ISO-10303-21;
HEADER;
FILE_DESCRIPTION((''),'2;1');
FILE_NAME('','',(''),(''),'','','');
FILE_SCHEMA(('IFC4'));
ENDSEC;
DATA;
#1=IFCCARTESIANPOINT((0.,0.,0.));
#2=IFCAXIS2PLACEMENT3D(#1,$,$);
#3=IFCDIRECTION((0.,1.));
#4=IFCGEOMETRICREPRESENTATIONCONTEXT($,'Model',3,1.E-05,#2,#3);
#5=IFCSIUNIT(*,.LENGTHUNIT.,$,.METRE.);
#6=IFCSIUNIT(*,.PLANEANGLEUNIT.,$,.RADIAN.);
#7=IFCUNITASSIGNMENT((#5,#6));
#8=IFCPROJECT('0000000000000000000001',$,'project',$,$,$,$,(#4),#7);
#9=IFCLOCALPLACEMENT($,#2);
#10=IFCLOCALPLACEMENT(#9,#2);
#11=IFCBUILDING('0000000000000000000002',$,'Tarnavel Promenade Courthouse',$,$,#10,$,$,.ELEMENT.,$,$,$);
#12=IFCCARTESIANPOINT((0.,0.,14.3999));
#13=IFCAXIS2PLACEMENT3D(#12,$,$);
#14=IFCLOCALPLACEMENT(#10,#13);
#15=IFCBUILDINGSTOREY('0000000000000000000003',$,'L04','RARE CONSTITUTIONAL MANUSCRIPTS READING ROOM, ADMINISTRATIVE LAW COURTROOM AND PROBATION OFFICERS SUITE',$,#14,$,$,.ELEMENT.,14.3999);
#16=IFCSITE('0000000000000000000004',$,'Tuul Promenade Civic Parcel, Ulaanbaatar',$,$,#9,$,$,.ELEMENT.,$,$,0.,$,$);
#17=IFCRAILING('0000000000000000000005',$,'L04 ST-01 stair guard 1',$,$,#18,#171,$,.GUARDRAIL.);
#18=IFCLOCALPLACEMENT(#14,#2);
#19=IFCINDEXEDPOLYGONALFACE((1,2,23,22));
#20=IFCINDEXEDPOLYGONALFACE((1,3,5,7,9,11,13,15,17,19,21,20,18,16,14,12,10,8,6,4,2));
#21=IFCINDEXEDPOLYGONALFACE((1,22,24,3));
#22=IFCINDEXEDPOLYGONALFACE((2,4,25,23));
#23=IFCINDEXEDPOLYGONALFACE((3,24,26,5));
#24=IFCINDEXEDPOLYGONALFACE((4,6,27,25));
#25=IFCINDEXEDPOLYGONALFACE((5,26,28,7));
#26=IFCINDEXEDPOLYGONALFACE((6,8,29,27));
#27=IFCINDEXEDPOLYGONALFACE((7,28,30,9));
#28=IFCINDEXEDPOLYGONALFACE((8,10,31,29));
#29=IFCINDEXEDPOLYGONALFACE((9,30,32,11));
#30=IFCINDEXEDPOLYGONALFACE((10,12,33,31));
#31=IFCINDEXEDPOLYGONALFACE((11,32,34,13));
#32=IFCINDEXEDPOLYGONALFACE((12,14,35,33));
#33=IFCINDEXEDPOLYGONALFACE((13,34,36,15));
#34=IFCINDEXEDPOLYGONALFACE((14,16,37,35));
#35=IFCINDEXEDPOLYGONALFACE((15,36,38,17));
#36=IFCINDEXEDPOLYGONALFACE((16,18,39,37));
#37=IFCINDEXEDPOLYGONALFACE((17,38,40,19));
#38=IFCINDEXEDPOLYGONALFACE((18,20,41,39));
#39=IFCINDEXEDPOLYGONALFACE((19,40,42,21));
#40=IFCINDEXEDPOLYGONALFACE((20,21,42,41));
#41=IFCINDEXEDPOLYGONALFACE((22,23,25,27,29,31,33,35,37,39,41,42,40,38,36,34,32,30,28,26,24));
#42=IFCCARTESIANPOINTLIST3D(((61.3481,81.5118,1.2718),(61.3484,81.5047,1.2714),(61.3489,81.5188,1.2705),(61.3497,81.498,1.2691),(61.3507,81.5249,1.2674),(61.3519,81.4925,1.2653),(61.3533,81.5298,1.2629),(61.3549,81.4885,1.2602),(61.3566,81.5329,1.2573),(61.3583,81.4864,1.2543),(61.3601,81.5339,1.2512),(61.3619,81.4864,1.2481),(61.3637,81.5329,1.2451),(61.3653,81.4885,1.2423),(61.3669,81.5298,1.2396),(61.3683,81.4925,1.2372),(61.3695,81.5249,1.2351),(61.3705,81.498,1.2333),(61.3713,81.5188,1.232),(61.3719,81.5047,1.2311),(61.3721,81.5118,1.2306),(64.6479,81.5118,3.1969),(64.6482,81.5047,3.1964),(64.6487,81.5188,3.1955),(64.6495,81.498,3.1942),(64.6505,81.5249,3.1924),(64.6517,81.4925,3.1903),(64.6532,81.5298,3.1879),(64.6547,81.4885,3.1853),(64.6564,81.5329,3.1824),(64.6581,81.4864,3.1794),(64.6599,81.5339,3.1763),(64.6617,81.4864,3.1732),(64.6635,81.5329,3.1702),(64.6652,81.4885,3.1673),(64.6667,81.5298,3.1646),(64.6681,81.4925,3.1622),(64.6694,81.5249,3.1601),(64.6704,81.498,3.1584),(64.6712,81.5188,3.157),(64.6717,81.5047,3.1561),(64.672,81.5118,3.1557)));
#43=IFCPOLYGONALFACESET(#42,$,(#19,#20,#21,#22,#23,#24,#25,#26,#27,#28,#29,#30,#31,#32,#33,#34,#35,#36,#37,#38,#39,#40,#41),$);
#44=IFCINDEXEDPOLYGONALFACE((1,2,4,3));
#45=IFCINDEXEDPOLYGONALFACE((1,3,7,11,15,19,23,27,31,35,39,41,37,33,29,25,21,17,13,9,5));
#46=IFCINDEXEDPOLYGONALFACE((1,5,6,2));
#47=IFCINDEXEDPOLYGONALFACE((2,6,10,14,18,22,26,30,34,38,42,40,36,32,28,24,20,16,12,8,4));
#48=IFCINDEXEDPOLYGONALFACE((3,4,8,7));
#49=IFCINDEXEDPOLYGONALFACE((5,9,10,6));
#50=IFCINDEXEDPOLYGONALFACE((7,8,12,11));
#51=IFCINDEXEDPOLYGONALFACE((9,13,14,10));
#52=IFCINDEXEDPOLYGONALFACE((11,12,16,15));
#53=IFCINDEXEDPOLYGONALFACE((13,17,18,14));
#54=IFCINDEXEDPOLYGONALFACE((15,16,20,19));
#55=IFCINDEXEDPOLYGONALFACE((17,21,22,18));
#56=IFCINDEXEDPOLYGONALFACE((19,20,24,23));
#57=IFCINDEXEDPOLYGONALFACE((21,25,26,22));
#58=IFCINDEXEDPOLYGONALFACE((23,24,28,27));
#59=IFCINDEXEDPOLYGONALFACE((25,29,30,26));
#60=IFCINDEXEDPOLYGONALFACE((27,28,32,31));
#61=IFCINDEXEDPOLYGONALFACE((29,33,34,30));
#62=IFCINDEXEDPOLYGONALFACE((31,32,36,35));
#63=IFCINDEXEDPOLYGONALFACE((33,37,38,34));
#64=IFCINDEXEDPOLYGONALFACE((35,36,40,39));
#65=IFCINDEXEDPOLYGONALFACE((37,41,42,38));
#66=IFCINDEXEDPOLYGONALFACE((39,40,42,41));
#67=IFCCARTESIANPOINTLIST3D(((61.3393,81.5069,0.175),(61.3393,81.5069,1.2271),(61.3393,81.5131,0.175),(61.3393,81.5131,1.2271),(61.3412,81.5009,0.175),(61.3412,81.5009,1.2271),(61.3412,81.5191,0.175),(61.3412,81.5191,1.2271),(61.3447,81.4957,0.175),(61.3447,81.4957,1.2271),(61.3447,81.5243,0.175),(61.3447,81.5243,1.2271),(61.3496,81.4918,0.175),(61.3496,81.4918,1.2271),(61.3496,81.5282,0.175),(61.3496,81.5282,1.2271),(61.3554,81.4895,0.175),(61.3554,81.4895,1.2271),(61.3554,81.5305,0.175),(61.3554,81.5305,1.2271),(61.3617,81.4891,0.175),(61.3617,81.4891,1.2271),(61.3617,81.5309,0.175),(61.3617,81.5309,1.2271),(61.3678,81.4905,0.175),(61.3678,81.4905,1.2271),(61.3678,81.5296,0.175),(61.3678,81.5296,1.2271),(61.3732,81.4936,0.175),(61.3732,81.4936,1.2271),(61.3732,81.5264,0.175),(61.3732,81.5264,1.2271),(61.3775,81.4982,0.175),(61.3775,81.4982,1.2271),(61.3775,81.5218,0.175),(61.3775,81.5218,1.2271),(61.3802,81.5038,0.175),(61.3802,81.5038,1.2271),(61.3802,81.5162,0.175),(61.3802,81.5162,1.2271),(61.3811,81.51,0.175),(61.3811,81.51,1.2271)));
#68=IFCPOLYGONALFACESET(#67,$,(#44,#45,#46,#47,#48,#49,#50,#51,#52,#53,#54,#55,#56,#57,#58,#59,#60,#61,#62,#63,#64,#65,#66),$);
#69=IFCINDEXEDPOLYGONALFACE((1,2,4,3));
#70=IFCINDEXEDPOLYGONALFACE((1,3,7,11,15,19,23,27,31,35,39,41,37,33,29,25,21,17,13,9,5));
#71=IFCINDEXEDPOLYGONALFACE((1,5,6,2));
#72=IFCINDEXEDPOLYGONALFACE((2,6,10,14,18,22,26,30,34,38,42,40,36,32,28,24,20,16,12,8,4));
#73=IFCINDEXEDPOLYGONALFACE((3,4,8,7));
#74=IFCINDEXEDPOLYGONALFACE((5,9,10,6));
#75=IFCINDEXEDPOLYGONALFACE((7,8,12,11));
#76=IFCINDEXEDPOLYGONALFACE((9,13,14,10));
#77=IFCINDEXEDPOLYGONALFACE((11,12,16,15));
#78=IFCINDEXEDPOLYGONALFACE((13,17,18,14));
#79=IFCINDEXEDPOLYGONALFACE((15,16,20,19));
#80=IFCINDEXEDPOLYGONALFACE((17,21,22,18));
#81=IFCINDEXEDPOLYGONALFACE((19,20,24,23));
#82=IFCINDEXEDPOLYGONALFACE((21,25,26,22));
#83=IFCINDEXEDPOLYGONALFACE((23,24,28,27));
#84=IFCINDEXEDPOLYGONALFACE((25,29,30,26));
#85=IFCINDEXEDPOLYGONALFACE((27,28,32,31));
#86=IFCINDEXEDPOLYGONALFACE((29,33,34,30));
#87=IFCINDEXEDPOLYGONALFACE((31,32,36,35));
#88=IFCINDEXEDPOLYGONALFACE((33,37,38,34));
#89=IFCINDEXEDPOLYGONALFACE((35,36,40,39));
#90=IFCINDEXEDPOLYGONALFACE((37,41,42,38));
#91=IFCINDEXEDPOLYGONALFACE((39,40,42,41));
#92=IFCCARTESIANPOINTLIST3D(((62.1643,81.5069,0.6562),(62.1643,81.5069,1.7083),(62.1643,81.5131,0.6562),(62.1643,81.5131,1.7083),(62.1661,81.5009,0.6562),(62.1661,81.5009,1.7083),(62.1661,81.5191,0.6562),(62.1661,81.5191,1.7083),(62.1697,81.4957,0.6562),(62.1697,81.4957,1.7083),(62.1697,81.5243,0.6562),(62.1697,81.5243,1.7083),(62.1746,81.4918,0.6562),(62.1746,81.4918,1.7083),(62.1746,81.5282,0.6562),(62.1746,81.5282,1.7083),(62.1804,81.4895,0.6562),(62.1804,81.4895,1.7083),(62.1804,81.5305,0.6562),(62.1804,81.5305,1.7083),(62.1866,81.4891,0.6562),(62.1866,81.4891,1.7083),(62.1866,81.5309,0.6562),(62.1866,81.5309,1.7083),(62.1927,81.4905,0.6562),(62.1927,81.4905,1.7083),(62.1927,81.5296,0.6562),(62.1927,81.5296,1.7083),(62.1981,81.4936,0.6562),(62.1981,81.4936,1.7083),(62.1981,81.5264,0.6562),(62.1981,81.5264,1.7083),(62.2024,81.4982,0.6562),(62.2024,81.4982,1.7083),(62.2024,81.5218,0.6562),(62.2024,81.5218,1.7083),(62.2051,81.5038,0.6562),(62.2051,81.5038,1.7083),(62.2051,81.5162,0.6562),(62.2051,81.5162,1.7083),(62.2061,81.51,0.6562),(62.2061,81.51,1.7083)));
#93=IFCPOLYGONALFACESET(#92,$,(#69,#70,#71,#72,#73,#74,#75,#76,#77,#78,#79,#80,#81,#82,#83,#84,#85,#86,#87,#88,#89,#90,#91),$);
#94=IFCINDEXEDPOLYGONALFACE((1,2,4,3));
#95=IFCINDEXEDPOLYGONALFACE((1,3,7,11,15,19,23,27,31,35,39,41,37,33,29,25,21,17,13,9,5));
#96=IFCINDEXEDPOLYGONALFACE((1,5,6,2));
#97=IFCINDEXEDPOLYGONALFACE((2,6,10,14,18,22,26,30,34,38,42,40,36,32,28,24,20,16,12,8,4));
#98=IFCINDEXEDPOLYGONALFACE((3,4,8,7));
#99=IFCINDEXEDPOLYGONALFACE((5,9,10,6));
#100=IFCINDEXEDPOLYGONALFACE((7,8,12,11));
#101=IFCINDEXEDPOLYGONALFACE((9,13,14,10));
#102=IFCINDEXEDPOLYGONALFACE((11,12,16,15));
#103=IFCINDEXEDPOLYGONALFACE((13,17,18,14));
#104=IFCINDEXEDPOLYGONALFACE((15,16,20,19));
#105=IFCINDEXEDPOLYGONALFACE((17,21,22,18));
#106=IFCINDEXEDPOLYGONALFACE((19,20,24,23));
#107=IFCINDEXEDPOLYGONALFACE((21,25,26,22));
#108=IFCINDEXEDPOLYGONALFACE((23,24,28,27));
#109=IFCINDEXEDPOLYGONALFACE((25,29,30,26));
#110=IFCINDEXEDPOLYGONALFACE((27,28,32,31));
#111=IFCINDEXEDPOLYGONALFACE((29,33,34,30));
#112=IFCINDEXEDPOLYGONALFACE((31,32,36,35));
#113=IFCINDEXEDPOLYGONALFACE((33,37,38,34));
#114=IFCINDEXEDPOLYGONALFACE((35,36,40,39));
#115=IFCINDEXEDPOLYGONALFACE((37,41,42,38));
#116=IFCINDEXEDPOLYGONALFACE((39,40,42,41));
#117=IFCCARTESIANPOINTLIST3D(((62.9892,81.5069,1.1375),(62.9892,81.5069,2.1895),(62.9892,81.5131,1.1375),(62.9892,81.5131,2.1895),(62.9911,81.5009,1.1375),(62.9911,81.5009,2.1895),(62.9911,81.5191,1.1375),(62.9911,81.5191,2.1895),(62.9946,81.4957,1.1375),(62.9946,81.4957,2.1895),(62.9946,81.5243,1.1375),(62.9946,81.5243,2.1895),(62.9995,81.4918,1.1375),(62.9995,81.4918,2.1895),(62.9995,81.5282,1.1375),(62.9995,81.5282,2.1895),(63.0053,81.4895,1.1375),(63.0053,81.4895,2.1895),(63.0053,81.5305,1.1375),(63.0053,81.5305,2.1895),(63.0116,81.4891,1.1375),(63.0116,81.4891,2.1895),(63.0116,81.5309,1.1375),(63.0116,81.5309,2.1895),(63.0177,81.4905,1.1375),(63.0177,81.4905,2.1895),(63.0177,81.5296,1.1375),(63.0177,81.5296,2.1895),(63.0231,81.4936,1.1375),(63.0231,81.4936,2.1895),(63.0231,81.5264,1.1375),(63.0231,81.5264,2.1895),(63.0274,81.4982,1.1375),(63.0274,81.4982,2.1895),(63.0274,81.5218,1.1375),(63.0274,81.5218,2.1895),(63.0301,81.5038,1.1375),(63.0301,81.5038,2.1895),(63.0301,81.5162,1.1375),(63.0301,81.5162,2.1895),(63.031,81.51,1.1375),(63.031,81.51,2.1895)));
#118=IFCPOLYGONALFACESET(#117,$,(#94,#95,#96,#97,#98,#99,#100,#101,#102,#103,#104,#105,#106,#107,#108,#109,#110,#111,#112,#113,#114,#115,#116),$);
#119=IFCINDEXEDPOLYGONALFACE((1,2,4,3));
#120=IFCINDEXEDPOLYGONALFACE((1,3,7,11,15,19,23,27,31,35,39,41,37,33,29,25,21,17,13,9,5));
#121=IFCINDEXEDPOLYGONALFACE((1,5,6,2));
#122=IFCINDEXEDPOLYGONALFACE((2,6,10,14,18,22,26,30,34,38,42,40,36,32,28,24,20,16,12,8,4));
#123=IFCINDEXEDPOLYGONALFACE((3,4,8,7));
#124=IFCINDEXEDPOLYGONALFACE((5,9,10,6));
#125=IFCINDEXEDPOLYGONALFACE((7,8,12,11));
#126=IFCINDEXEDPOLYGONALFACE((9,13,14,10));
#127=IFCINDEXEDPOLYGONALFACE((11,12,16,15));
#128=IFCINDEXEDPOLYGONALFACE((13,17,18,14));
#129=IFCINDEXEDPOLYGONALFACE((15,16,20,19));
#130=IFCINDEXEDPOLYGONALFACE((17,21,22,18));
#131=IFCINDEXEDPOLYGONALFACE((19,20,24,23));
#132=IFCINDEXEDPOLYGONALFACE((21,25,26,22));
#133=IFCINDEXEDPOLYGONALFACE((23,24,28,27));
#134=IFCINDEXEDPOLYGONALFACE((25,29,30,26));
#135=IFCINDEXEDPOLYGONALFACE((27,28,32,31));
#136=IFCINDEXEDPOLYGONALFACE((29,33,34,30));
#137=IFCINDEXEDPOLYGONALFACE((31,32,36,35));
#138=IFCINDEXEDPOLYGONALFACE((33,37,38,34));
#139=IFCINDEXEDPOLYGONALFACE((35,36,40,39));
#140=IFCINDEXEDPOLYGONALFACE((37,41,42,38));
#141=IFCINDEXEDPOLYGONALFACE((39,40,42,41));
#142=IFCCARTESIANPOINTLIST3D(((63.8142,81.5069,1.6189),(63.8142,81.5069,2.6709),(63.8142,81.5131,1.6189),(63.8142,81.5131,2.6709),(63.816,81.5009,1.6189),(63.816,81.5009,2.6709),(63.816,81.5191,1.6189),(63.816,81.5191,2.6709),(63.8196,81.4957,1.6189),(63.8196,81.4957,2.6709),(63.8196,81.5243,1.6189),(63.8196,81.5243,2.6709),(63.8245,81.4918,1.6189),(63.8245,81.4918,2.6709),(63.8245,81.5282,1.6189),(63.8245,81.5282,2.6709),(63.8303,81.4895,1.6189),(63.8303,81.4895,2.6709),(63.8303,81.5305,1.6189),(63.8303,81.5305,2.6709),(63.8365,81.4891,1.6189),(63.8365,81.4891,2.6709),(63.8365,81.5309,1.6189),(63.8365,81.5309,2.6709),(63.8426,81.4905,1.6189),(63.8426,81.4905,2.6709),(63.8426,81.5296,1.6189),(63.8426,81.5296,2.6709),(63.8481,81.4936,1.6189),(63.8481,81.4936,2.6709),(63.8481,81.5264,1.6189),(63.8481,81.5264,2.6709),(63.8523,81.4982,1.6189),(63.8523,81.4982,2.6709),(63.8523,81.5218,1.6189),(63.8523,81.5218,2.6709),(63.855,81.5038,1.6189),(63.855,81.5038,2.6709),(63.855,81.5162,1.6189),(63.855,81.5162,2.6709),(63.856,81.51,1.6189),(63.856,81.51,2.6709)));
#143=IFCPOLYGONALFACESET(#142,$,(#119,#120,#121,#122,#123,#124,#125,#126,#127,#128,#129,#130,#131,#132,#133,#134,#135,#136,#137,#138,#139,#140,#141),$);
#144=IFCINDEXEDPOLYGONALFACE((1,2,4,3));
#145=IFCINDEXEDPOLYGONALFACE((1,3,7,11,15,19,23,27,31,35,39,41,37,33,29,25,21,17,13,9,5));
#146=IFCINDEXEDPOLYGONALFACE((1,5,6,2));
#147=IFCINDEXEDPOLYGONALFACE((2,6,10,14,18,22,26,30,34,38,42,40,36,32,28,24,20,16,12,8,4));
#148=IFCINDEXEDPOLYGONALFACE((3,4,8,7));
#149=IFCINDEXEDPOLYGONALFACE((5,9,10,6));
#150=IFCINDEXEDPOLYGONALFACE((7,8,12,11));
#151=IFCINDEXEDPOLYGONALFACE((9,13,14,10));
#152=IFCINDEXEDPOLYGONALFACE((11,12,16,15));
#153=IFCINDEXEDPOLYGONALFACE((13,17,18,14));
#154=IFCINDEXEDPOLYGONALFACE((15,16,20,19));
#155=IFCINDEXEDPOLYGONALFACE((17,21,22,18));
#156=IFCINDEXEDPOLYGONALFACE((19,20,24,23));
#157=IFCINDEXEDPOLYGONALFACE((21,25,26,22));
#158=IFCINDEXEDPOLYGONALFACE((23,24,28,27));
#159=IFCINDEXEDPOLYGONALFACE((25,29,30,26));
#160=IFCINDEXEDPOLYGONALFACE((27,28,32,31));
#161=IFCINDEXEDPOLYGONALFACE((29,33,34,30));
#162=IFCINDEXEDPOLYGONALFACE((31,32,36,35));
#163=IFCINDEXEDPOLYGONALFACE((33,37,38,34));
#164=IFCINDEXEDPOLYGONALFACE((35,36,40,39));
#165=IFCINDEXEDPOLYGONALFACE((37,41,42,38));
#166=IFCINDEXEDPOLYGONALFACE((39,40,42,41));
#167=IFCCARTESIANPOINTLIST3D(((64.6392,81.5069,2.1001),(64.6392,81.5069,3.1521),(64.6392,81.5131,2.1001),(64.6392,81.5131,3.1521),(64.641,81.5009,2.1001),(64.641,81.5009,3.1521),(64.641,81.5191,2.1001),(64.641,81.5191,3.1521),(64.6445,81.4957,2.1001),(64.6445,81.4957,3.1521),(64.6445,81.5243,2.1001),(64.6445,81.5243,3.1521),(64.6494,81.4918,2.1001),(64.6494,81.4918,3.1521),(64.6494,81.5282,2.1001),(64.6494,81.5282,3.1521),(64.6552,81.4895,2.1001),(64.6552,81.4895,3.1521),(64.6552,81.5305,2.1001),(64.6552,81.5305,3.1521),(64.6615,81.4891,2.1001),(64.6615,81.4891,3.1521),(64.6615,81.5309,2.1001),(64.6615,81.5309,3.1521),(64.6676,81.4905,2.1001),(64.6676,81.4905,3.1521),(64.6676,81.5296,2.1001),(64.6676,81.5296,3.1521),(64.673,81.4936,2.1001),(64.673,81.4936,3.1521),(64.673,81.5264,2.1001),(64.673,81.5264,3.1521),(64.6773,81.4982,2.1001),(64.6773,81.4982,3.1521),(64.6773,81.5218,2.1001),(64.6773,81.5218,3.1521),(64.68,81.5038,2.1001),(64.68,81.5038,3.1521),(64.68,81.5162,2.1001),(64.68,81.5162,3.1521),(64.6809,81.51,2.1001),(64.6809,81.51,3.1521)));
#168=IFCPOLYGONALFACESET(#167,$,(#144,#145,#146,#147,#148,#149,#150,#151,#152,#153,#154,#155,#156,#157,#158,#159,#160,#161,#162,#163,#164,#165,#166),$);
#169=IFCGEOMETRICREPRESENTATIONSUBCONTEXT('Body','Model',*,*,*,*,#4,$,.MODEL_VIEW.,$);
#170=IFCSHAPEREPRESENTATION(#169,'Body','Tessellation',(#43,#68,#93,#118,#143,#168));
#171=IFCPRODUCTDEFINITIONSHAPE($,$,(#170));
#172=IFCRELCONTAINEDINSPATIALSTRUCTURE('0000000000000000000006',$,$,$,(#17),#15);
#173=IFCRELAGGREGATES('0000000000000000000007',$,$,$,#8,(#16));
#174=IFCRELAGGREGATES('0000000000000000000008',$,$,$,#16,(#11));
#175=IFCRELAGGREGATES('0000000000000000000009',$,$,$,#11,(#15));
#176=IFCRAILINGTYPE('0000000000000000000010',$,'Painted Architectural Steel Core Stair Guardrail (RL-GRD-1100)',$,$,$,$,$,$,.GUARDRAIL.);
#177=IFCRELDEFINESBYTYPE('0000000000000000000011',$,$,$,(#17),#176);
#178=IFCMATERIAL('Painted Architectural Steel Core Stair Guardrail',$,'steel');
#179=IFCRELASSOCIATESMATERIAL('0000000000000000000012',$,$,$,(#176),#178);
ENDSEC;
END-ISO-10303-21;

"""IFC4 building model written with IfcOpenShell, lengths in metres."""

from ifc_helpers import new_model, si_unit, direction, frame, origin, origin_2d, place, context, subcontext, project, spatial, circle, extrude, material, type_object, element, save


model = new_model("IFC4")

# Units and contexts
model_context = context("Model", 3, precision=1e-05, world=origin(), true_north=direction((0.0, 1.0)))
body_context = subcontext(model_context, "Body", "Model", "MODEL_VIEW")
ifc_project = project(units=[si_unit("LENGTHUNIT", "METRE"), si_unit("PLANEANGLEUNIT", "RADIAN")], contexts=[model_context])

# Site, building, storey
site_placement = place(None, origin())
site = spatial("IfcSite", under=ifc_project, at=site_placement, Name="Tuul Promenade Civic Parcel, Ulaanbaatar", CompositionType="ELEMENT", RefElevation=0.0)
building_placement = place(site_placement, origin())
building = spatial("IfcBuilding", under=site, at=building_placement, Name="Tarnavel Promenade Courthouse", CompositionType="ELEMENT")
storey_placement = place(building_placement, frame((0.0, 0.0, 14.3999)))
storey = spatial("IfcBuildingStorey", under=building, at=storey_placement, Name="L04", Description="RARE CONSTITUTIONAL MANUSCRIPTS READING ROOM, ADMINISTRATIVE LAW COURTROOM AND PROBATION OFFICERS SUITE", CompositionType="ELEMENT", Elevation=14.3999)

# Railing
ifc_material_1 = material(Name="Painted Architectural Steel Core Stair Guardrail", Category="steel")
railing_type_1 = type_object("IfcRailingType", Name="Painted Architectural Steel Core Stair Guardrail (RL-GRD-1100)", PredefinedType="GUARDRAIL", material=ifc_material_1)
railing_1_placement = place(storey_placement, frame((61.3601, 81.51, 0.175)))
element("IfcRailing", 1, at=railing_1_placement, inside=storey, type_object=railing_type_1, Name="L04 ST-01 stair guard 1", PredefinedType="GUARDRAIL", context=body_context, shape_type="SweptSolid", body=[
    extrude(circle(Radius=0.0239, at=origin_2d()), frame((0.0, 0.0, 1.0762), z_axis=(0.86376, 0.0, 0.503903), x_axis=(0.0, 1.0, 0.0)), (0.0, 0.0, 1.0), 3.8203),
    extrude(circle(Radius=0.021, at=origin_2d()), origin(), (0.0, 0.0, 1.0), 1.052),
    extrude(circle(Radius=0.021, at=origin_2d()), frame((0.825, 0.0, 0.4812)), (0.0, 0.0, 1.0), 1.052),
    extrude(circle(Radius=0.021, at=origin_2d()), frame((1.6499, 0.0, 0.9624)), (0.0, 0.0, 1.0), 1.052),
    extrude(circle(Radius=0.021, at=origin_2d()), frame((2.4749, 0.0, 1.4438)), (0.0, 0.0, 1.0), 1.052),
    extrude(circle(Radius=0.021, at=origin_2d()), frame((3.2998, 0.0, 1.925)), (0.0, 0.0, 1.0), 1.052),
])

save(model, "model.ifc")
